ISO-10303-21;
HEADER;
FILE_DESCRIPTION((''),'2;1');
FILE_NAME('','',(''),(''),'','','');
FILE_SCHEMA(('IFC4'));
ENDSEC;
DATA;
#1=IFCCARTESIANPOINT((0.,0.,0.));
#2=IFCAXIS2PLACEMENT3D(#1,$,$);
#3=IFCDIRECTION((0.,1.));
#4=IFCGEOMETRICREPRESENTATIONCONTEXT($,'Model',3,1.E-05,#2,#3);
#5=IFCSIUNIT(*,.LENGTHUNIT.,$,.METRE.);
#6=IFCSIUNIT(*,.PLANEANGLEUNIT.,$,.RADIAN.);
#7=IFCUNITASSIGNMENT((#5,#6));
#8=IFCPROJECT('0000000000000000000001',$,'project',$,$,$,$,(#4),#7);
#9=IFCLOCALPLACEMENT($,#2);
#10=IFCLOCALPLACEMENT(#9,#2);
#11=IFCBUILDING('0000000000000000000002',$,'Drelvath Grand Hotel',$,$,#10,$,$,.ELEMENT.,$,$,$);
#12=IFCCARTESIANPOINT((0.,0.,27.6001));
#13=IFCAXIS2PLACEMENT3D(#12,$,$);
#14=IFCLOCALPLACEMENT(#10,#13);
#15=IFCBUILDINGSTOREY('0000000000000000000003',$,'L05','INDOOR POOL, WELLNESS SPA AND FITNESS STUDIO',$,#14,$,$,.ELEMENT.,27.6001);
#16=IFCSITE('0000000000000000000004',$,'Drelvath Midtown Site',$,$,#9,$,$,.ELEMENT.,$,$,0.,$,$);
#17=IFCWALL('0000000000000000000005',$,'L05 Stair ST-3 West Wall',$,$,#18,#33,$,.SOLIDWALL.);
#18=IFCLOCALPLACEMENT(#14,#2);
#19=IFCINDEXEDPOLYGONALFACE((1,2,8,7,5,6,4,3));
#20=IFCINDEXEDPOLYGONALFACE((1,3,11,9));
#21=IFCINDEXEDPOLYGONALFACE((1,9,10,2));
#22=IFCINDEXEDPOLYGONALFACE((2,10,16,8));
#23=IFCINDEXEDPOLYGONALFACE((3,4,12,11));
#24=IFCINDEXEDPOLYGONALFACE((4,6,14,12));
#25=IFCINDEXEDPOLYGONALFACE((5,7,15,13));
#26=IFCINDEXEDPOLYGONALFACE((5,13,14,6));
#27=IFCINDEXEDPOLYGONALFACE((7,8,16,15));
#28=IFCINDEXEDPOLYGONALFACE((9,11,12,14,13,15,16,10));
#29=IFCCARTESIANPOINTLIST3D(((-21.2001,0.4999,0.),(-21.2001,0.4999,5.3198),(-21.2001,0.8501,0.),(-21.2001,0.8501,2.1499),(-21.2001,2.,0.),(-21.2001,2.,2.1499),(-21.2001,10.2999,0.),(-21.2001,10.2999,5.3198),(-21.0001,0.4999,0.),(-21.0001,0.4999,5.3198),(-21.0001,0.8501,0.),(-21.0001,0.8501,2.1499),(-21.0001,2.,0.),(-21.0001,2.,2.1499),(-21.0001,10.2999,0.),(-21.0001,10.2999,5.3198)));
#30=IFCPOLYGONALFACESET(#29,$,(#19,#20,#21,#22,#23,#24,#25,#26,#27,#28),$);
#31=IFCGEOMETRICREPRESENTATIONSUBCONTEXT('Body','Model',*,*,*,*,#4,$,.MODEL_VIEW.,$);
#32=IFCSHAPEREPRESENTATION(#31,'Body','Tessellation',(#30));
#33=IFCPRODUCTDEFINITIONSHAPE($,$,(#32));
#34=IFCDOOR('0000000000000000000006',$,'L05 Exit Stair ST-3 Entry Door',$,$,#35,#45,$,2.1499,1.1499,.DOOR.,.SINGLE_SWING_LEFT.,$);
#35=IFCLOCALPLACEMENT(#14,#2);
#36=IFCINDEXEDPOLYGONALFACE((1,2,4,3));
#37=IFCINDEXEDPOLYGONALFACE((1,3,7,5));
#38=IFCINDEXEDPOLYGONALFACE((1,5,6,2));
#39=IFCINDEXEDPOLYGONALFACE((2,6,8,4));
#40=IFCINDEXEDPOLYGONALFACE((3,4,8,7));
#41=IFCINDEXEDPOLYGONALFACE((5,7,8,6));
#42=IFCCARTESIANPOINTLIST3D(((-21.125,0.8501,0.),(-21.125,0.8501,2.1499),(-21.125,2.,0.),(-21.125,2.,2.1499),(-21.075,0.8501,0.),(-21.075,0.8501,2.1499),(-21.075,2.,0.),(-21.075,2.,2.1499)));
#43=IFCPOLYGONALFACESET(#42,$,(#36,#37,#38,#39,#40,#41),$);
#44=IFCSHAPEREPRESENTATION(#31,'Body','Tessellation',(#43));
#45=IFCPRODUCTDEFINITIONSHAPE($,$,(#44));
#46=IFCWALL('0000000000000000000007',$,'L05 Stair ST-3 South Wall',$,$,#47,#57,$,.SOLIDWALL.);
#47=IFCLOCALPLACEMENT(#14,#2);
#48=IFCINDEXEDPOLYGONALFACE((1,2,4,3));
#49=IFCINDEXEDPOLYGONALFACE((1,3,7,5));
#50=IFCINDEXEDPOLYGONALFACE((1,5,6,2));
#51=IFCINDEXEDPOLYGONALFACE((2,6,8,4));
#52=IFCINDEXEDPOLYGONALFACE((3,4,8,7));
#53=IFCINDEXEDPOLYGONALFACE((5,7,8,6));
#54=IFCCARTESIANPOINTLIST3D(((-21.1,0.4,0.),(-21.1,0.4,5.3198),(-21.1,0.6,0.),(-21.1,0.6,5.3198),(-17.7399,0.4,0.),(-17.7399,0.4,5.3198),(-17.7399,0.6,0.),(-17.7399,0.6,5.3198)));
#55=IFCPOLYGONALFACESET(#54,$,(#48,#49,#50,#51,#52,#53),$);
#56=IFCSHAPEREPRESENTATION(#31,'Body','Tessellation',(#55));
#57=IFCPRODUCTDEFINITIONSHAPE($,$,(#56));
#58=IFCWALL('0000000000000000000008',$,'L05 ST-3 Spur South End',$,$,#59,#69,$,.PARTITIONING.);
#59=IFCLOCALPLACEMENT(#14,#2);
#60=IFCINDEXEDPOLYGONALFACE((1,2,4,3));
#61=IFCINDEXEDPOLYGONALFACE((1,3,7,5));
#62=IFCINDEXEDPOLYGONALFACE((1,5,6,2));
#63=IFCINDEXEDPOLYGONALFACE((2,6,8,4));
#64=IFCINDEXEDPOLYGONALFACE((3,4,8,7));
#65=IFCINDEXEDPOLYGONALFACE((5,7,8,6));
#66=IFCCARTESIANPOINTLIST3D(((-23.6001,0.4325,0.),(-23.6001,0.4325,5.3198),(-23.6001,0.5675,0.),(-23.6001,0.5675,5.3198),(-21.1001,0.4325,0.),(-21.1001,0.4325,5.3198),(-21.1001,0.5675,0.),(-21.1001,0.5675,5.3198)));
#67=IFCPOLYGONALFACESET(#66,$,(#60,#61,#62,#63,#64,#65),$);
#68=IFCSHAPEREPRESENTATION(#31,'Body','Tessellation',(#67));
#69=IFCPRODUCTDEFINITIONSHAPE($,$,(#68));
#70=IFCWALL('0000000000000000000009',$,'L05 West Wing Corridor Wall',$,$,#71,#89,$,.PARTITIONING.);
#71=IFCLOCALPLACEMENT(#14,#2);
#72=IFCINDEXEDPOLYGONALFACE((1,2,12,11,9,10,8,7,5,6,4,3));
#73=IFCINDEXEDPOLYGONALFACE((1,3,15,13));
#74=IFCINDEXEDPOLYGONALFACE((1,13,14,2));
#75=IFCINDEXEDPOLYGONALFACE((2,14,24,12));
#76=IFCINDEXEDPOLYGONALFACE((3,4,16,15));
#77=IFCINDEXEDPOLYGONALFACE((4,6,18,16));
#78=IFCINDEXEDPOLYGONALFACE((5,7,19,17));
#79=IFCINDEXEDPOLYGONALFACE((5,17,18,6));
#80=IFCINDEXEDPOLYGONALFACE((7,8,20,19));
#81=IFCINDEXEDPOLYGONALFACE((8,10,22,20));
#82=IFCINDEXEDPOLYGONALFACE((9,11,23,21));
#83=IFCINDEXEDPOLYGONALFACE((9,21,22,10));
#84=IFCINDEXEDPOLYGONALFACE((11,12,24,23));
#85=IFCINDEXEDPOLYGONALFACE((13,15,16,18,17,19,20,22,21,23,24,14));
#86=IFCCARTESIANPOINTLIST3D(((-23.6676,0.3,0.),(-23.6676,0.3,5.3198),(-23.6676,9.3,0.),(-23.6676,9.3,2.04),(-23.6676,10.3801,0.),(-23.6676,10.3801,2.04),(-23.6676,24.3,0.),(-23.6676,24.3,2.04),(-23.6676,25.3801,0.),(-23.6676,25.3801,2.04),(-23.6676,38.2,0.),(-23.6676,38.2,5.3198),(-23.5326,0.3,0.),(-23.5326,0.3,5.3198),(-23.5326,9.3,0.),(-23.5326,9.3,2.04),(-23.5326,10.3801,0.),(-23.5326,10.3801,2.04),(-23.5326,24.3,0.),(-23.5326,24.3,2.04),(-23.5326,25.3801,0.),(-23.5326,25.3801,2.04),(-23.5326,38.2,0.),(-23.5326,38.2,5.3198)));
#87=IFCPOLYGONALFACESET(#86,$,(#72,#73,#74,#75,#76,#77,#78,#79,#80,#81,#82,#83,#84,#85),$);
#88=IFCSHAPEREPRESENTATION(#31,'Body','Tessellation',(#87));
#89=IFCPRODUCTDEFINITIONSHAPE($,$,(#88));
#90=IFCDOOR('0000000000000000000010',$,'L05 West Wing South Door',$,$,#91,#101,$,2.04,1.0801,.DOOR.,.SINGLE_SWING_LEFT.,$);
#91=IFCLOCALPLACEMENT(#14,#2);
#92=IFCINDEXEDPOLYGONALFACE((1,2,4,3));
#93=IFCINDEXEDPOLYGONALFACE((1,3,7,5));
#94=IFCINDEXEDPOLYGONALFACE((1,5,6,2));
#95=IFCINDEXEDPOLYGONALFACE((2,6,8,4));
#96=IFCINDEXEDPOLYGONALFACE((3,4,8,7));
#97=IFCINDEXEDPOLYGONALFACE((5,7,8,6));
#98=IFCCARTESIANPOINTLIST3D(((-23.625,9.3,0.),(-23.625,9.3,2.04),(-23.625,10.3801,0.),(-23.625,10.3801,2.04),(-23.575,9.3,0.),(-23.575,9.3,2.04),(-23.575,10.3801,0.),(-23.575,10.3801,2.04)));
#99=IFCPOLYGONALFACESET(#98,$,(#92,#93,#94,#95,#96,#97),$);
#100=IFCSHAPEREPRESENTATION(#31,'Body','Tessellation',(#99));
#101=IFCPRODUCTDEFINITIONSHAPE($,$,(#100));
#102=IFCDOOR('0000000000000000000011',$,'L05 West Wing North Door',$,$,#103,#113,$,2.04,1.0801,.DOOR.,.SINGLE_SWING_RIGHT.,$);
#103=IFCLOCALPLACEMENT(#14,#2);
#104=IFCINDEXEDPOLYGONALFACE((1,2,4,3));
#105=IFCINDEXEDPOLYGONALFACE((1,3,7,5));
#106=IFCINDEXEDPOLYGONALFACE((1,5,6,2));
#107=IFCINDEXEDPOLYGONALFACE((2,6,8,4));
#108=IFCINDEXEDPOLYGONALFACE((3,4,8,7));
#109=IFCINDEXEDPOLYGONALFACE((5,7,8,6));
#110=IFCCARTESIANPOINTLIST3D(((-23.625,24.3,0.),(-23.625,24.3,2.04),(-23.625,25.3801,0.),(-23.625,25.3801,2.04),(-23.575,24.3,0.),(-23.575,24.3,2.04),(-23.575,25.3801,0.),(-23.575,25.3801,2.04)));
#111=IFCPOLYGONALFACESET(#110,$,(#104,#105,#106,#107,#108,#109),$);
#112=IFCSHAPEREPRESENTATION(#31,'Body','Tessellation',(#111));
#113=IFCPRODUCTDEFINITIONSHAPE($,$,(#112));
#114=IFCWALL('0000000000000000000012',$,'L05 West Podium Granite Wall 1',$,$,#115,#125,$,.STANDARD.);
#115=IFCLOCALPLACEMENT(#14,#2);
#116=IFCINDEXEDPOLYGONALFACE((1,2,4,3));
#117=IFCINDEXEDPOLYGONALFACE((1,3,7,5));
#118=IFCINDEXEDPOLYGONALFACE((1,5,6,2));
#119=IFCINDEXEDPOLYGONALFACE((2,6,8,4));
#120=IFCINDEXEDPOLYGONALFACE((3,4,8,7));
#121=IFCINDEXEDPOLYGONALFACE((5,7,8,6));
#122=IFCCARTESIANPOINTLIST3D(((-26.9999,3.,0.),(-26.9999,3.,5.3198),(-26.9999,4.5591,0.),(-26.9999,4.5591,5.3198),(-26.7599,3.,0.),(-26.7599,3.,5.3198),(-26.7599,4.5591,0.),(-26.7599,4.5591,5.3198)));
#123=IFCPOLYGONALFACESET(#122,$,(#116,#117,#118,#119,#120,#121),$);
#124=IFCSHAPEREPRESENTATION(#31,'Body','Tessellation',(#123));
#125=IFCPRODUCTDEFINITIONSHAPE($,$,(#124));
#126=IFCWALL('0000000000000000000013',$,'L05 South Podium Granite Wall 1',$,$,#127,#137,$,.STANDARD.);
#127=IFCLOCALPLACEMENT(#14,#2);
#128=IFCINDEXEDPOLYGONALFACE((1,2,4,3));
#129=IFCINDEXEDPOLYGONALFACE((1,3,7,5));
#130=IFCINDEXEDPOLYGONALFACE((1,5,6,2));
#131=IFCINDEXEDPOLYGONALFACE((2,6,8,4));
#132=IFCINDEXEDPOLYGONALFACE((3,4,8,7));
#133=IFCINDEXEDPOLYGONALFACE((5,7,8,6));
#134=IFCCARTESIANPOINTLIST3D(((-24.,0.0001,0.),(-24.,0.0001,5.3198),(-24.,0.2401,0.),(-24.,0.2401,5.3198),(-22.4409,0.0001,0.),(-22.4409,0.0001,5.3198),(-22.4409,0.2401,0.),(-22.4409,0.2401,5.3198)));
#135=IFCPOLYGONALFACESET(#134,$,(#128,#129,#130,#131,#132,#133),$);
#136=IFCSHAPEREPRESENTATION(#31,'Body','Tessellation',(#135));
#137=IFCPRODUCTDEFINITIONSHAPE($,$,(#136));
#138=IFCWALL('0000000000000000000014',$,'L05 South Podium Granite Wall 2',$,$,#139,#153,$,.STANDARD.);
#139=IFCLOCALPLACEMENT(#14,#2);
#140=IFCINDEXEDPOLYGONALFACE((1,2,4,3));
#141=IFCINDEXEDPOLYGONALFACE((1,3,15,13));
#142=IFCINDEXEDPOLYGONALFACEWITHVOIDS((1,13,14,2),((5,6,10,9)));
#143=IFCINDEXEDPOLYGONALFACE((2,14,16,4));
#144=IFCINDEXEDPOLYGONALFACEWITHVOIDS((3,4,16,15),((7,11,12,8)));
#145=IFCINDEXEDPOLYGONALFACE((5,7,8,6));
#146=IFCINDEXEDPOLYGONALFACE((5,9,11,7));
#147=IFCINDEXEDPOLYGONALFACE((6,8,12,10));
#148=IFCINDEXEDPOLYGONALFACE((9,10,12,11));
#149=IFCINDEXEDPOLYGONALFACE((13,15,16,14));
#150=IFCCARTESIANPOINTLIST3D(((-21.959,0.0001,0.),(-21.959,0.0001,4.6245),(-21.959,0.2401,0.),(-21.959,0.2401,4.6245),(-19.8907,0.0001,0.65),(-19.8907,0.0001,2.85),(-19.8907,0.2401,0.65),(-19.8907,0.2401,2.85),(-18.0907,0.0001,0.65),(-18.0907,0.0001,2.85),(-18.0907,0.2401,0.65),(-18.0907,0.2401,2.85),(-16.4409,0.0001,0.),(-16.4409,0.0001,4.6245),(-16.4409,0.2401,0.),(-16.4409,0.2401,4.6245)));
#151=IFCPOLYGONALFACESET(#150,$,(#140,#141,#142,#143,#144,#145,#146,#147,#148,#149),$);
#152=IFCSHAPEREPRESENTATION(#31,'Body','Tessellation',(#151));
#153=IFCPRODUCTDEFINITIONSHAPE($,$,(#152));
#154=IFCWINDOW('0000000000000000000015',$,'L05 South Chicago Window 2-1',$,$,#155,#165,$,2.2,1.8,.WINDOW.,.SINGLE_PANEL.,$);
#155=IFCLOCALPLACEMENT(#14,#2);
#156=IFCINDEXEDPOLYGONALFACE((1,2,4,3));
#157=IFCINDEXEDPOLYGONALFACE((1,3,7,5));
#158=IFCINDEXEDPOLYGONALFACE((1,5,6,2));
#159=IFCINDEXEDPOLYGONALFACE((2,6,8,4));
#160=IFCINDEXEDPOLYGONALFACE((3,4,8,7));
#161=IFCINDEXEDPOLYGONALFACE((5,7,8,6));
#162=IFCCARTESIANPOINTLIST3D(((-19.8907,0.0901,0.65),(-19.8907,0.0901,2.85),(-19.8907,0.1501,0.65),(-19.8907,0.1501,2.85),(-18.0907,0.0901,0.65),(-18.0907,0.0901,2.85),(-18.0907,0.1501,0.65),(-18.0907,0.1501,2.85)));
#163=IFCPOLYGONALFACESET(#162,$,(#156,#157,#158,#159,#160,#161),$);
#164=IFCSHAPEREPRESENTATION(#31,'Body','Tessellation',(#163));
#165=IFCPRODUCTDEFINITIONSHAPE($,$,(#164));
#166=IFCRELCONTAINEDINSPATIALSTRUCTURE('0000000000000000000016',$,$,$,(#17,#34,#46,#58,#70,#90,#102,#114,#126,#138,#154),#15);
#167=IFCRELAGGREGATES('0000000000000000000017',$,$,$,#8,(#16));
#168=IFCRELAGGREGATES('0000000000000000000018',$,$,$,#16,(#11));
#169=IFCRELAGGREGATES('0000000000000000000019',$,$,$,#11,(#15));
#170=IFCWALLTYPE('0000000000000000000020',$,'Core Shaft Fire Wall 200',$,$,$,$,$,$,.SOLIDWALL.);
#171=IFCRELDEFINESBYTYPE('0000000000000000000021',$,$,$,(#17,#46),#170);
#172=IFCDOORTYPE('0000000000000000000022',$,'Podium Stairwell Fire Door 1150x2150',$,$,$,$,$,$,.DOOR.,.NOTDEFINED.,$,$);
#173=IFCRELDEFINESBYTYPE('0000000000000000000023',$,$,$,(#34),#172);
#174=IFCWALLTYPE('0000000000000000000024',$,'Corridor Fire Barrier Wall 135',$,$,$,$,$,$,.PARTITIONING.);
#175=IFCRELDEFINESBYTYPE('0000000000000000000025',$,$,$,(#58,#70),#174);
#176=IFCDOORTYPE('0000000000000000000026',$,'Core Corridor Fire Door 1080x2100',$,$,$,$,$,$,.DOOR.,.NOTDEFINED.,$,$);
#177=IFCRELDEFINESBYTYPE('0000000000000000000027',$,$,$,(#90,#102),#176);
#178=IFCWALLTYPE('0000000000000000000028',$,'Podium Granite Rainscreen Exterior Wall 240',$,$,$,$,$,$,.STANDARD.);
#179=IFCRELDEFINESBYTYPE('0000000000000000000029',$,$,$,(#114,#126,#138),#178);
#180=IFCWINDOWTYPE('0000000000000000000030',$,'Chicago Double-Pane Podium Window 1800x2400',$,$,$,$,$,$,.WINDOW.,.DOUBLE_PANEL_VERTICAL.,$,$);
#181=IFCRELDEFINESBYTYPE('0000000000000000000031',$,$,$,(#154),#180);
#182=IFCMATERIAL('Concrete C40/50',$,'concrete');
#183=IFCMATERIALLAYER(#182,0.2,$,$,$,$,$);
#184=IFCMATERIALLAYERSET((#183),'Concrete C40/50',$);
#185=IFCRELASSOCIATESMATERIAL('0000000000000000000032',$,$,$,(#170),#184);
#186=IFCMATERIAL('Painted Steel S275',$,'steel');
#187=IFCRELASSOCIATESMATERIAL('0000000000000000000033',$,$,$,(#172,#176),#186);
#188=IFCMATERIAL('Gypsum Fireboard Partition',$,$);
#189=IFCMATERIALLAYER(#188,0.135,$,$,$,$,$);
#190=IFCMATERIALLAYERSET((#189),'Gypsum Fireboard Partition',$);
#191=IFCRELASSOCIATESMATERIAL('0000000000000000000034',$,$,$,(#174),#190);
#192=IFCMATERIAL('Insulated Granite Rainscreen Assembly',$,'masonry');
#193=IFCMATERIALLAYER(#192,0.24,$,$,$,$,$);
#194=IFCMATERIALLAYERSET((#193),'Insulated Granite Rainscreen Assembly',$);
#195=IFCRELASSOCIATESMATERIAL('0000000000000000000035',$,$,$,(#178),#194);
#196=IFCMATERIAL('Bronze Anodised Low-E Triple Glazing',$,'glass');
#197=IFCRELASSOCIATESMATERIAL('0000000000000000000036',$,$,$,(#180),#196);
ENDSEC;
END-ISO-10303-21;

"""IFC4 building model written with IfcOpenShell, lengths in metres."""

from ifc_helpers import new_model, si_unit, direction, frame, frame_2d, origin, place, context, subcontext, project, spatial, rectangle, extrude, material, layer, layer_set, type_object, element, fill, save


model = new_model("IFC4")

# Units and contexts
model_context = context("Model", 3, precision=1e-05, world=origin(), true_north=direction((0.0, 1.0)))
body_context = subcontext(model_context, "Body", "Model", "MODEL_VIEW")
ifc_project = project(units=[si_unit("LENGTHUNIT", "METRE"), si_unit("PLANEANGLEUNIT", "RADIAN")], contexts=[model_context])

# Site, building, storey
site_placement = place(None, origin())
site = spatial("IfcSite", under=ifc_project, at=site_placement, Name="Drelvath Midtown Site", CompositionType="ELEMENT", RefElevation=0.0)
building_placement = place(site_placement, origin())
building = spatial("IfcBuilding", under=site, at=building_placement, Name="Drelvath Grand Hotel", CompositionType="ELEMENT")
storey_placement = place(building_placement, frame((0.0, 0.0, 27.6001)))
storey = spatial("IfcBuildingStorey", under=building, at=storey_placement, Name="L05", Description="INDOOR POOL, WELLNESS SPA AND FITNESS STUDIO", CompositionType="ELEMENT", Elevation=27.6001)

# Wall, opening, door
ifc_material_1 = material(Name="Concrete C40/50", Category="concrete")
ifc_layer_1 = layer(ifc_material_1, 0.2)
ifc_layer_set_1 = layer_set([ifc_layer_1], Name="Concrete C40/50")
wall_type_1 = type_object("IfcWallType", Name="Core Shaft Fire Wall 200", PredefinedType="SOLIDWALL", material=ifc_layer_set_1)
wall_1_placement = place(storey_placement, frame((-21.1001, 0.5, 0.0), z_axis=(0.0, 0.0, 1.0), x_axis=(0.0, 1.0, 0.0)))
wall_1 = element("IfcWall", 1, at=wall_1_placement, inside=storey, type_object=wall_type_1, Name="L05 Stair ST-3 West Wall", PredefinedType="SOLIDWALL", context=body_context, shape_type="SweptSolid", body=[
    extrude(rectangle(XDim=9.8, YDim=0.2, at=frame_2d((4.8999, 0.0))), origin(), (0.0, 0.0, 1.0), 5.3198),
])
opening_1_placement = place(wall_1_placement, frame((0.3501, 0.0, 0.0)))
opening_1 = element("IfcOpeningElement", 2, at=opening_1_placement, cuts=wall_1, PredefinedType="OPENING", context=body_context, shape_type="SweptSolid", body=[
    extrude(rectangle(XDim=1.1499, YDim=2.1499, at=frame_2d((0.575, 1.075))), frame((0.0, 0.1099, 0.0), z_axis=(0.0, -1.0, 0.0), x_axis=(1.0, 0.0, 0.0)), (0.0, 0.0, 1.0), 0.22),
])
ifc_material_2 = material(Name="Painted Steel S275", Category="steel")
door_type_1 = type_object("IfcDoorType", Name="Podium Stairwell Fire Door 1150x2150", OperationType="NOTDEFINED", PredefinedType="DOOR", material=ifc_material_2)
door_1_placement = place(opening_1_placement, origin())
door_1 = element("IfcDoor", 3, at=door_1_placement, inside=storey, type_object=door_type_1, Name="L05 Exit Stair ST-3 Entry Door", OperationType="SINGLE_SWING_LEFT", OverallHeight=2.1499, OverallWidth=1.1499, PredefinedType="DOOR", context=body_context, shape_type="SweptSolid", body=[
    extrude(rectangle(XDim=1.1499, YDim=2.1499, at=frame_2d((0.575, 1.075))), frame((0.0, 0.0249, 0.0), z_axis=(0.0, -1.0, 0.0), x_axis=(1.0, 0.0, 0.0)), (0.0, 0.0, 1.0), 0.05),
])
fill(opening_1, door_1)

# Walls
wall_2_placement = place(storey_placement, frame((-21.1001, 0.5, 0.0), z_axis=(0.0, 0.0, 1.0), x_axis=(1.0, 0.0, 0.0)))
element("IfcWall", 4, at=wall_2_placement, inside=storey, type_object=wall_type_1, Name="L05 Stair ST-3 South Wall", PredefinedType="SOLIDWALL", context=body_context, shape_type="SweptSolid", body=[
    extrude(rectangle(XDim=3.3601, YDim=0.2, at=frame_2d((1.6802, 0.0))), origin(), (0.0, 0.0, 1.0), 5.3198),
])
ifc_material_3 = material(Name="Gypsum Fireboard Partition")
ifc_layer_2 = layer(ifc_material_3, 0.135)
ifc_layer_set_2 = layer_set([ifc_layer_2], Name="Gypsum Fireboard Partition")
wall_type_2 = type_object("IfcWallType", Name="Corridor Fire Barrier Wall 135", PredefinedType="PARTITIONING", material=ifc_layer_set_2)
wall_3_placement = place(storey_placement, frame((-23.6001, 0.5, 0.0), z_axis=(0.0, 0.0, 1.0), x_axis=(1.0, 0.0, 0.0)))
element("IfcWall", 5, at=wall_3_placement, inside=storey, type_object=wall_type_2, Name="L05 ST-3 Spur South End", PredefinedType="PARTITIONING", context=body_context, shape_type="SweptSolid", body=[
    extrude(rectangle(XDim=2.5, YDim=0.135, at=frame_2d((1.25, 0.0))), origin(), (0.0, 0.0, 1.0), 5.3198),
])

# Wall, openings, doors
wall_4_placement = place(storey_placement, frame((-23.6001, 0.3, 0.0), z_axis=(0.0, 0.0, 1.0), x_axis=(0.0, 1.0, 0.0)))
wall_4 = element("IfcWall", 6, at=wall_4_placement, inside=storey, type_object=wall_type_2, Name="L05 West Wing Corridor Wall", PredefinedType="PARTITIONING", context=body_context, shape_type="SweptSolid", body=[
    extrude(rectangle(XDim=37.8999, YDim=0.135, at=frame_2d((18.95, 0.0))), origin(), (0.0, 0.0, 1.0), 5.3198),
])
opening_2_placement = place(wall_4_placement, frame((9.0, 0.0, 0.0)))
opening_2 = element("IfcOpeningElement", 7, at=opening_2_placement, cuts=wall_4, PredefinedType="OPENING", context=body_context, shape_type="SweptSolid", body=[
    extrude(rectangle(XDim=1.0801, YDim=2.04, at=frame_2d((0.54, 1.02))), frame((0.0, 0.0774, 0.0), z_axis=(0.0, -1.0, 0.0), x_axis=(1.0, 0.0, 0.0)), (0.0, 0.0, 1.0), 0.155),
])
opening_3_placement = place(wall_4_placement, frame((24.0, 0.0, 0.0)))
opening_3 = element("IfcOpeningElement", 8, at=opening_3_placement, cuts=wall_4, PredefinedType="OPENING", context=body_context, shape_type="SweptSolid", body=[
    extrude(rectangle(XDim=1.0801, YDim=2.04, at=frame_2d((0.54, 1.02))), frame((0.0, 0.0774, 0.0), z_axis=(0.0, -1.0, 0.0), x_axis=(1.0, 0.0, 0.0)), (0.0, 0.0, 1.0), 0.155),
])
door_type_2 = type_object("IfcDoorType", Name="Core Corridor Fire Door 1080x2100", OperationType="NOTDEFINED", PredefinedType="DOOR", material=ifc_material_2)
door_2_placement = place(opening_2_placement, origin())
door_2 = element("IfcDoor", 9, at=door_2_placement, inside=storey, type_object=door_type_2, Name="L05 West Wing South Door", OperationType="SINGLE_SWING_LEFT", OverallHeight=2.04, OverallWidth=1.0801, PredefinedType="DOOR", context=body_context, shape_type="SweptSolid", body=[
    extrude(rectangle(XDim=1.0801, YDim=2.04, at=frame_2d((0.54, 1.02))), frame((0.0, 0.0249, 0.0), z_axis=(0.0, -1.0, 0.0), x_axis=(1.0, 0.0, 0.0)), (0.0, 0.0, 1.0), 0.05),
])
fill(opening_2, door_2)
door_3_placement = place(opening_3_placement, origin())
door_3 = element("IfcDoor", 10, at=door_3_placement, inside=storey, type_object=door_type_2, Name="L05 West Wing North Door", OperationType="SINGLE_SWING_RIGHT", OverallHeight=2.04, OverallWidth=1.0801, PredefinedType="DOOR", context=body_context, shape_type="SweptSolid", body=[
    extrude(rectangle(XDim=1.0801, YDim=2.04, at=frame_2d((0.54, 1.02))), frame((0.0, 0.0249, 0.0), z_axis=(0.0, -1.0, 0.0), x_axis=(1.0, 0.0, 0.0)), (0.0, 0.0, 1.0), 0.05),
])
fill(opening_3, door_3)

# Walls
ifc_material_4 = material(Name="Insulated Granite Rainscreen Assembly", Category="masonry")
ifc_layer_3 = layer(ifc_material_4, 0.24)
ifc_layer_set_3 = layer_set([ifc_layer_3], Name="Insulated Granite Rainscreen Assembly")
wall_type_3 = type_object("IfcWallType", Name="Podium Granite Rainscreen Exterior Wall 240", PredefinedType="STANDARD", material=ifc_layer_set_3)
for number, where, z_axis, x_axis, name in (
    (11, (-26.8799, 3.0, 0.0), (0.0, 0.0, 1.0), (0.0, 1.0, 0.0), "L05 West Podium Granite Wall 1"),
    (12, (-22.4409, 0.1201, 0.0), (0.0, 0.0, 1.0), (-1.0, 0.0, 0.0), "L05 South Podium Granite Wall 1"),
):
    element("IfcWall", number, at=place(storey_placement, frame(where, z_axis=z_axis, x_axis=x_axis)), inside=storey, type_object=wall_type_3, Name=name, PredefinedType="STANDARD", context=body_context, shape_type="SweptSolid", body=[
        extrude(rectangle(XDim=1.5591, YDim=0.24, at=frame_2d((0.7795, 0.0))), origin(), (0.0, 0.0, 1.0), 5.3198),
    ])

# Wall, opening, window
wall_5_placement = place(storey_placement, frame((-16.4409, 0.1201, 0.0), z_axis=(0.0, 0.0, 1.0), x_axis=(-1.0, 0.0, 0.0)))
wall_5 = element("IfcWall", 13, at=wall_5_placement, inside=storey, type_object=wall_type_3, Name="L05 South Podium Granite Wall 2", PredefinedType="STANDARD", context=body_context, shape_type="SweptSolid", body=[
    extrude(rectangle(XDim=5.5181, YDim=0.24, at=frame_2d((2.759, 0.0))), origin(), (0.0, 0.0, 1.0), 4.6245),
])
opening_4_placement = place(wall_5_placement, frame((1.6499, 0.0, 0.6499)))
opening_4 = element("IfcOpeningElement", 14, at=opening_4_placement, cuts=wall_5, PredefinedType="OPENING", context=body_context, shape_type="SweptSolid", body=[
    extrude(rectangle(XDim=1.8, YDim=2.2, at=frame_2d((0.8999, 1.1001))), frame((0.0, 0.1299, 0.0), z_axis=(0.0, -1.0, 0.0), x_axis=(1.0, 0.0, 0.0)), (0.0, 0.0, 1.0), 0.26),
])
ifc_material_5 = material(Name="Bronze Anodised Low-E Triple Glazing", Category="glass")
window_type = type_object("IfcWindowType", Name="Chicago Double-Pane Podium Window 1800x2400", PartitioningType="DOUBLE_PANEL_VERTICAL", PredefinedType="WINDOW", material=ifc_material_5)
window_placement = place(opening_4_placement, origin())
window = element("IfcWindow", 15, at=window_placement, inside=storey, type_object=window_type, Name="L05 South Chicago Window 2-1", OverallHeight=2.2, OverallWidth=1.8, PartitioningType="SINGLE_PANEL", PredefinedType="WINDOW", context=body_context, shape_type="SweptSolid", body=[
    extrude(rectangle(XDim=1.8, YDim=2.2, at=frame_2d((0.8999, 1.1001))), frame((0.0, 0.03, 0.0), z_axis=(0.0, -1.0, 0.0), x_axis=(1.0, 0.0, 0.0)), (0.0, 0.0, 1.0), 0.0601),
])
fill(opening_4, window)

save(model, "model.ifc")
